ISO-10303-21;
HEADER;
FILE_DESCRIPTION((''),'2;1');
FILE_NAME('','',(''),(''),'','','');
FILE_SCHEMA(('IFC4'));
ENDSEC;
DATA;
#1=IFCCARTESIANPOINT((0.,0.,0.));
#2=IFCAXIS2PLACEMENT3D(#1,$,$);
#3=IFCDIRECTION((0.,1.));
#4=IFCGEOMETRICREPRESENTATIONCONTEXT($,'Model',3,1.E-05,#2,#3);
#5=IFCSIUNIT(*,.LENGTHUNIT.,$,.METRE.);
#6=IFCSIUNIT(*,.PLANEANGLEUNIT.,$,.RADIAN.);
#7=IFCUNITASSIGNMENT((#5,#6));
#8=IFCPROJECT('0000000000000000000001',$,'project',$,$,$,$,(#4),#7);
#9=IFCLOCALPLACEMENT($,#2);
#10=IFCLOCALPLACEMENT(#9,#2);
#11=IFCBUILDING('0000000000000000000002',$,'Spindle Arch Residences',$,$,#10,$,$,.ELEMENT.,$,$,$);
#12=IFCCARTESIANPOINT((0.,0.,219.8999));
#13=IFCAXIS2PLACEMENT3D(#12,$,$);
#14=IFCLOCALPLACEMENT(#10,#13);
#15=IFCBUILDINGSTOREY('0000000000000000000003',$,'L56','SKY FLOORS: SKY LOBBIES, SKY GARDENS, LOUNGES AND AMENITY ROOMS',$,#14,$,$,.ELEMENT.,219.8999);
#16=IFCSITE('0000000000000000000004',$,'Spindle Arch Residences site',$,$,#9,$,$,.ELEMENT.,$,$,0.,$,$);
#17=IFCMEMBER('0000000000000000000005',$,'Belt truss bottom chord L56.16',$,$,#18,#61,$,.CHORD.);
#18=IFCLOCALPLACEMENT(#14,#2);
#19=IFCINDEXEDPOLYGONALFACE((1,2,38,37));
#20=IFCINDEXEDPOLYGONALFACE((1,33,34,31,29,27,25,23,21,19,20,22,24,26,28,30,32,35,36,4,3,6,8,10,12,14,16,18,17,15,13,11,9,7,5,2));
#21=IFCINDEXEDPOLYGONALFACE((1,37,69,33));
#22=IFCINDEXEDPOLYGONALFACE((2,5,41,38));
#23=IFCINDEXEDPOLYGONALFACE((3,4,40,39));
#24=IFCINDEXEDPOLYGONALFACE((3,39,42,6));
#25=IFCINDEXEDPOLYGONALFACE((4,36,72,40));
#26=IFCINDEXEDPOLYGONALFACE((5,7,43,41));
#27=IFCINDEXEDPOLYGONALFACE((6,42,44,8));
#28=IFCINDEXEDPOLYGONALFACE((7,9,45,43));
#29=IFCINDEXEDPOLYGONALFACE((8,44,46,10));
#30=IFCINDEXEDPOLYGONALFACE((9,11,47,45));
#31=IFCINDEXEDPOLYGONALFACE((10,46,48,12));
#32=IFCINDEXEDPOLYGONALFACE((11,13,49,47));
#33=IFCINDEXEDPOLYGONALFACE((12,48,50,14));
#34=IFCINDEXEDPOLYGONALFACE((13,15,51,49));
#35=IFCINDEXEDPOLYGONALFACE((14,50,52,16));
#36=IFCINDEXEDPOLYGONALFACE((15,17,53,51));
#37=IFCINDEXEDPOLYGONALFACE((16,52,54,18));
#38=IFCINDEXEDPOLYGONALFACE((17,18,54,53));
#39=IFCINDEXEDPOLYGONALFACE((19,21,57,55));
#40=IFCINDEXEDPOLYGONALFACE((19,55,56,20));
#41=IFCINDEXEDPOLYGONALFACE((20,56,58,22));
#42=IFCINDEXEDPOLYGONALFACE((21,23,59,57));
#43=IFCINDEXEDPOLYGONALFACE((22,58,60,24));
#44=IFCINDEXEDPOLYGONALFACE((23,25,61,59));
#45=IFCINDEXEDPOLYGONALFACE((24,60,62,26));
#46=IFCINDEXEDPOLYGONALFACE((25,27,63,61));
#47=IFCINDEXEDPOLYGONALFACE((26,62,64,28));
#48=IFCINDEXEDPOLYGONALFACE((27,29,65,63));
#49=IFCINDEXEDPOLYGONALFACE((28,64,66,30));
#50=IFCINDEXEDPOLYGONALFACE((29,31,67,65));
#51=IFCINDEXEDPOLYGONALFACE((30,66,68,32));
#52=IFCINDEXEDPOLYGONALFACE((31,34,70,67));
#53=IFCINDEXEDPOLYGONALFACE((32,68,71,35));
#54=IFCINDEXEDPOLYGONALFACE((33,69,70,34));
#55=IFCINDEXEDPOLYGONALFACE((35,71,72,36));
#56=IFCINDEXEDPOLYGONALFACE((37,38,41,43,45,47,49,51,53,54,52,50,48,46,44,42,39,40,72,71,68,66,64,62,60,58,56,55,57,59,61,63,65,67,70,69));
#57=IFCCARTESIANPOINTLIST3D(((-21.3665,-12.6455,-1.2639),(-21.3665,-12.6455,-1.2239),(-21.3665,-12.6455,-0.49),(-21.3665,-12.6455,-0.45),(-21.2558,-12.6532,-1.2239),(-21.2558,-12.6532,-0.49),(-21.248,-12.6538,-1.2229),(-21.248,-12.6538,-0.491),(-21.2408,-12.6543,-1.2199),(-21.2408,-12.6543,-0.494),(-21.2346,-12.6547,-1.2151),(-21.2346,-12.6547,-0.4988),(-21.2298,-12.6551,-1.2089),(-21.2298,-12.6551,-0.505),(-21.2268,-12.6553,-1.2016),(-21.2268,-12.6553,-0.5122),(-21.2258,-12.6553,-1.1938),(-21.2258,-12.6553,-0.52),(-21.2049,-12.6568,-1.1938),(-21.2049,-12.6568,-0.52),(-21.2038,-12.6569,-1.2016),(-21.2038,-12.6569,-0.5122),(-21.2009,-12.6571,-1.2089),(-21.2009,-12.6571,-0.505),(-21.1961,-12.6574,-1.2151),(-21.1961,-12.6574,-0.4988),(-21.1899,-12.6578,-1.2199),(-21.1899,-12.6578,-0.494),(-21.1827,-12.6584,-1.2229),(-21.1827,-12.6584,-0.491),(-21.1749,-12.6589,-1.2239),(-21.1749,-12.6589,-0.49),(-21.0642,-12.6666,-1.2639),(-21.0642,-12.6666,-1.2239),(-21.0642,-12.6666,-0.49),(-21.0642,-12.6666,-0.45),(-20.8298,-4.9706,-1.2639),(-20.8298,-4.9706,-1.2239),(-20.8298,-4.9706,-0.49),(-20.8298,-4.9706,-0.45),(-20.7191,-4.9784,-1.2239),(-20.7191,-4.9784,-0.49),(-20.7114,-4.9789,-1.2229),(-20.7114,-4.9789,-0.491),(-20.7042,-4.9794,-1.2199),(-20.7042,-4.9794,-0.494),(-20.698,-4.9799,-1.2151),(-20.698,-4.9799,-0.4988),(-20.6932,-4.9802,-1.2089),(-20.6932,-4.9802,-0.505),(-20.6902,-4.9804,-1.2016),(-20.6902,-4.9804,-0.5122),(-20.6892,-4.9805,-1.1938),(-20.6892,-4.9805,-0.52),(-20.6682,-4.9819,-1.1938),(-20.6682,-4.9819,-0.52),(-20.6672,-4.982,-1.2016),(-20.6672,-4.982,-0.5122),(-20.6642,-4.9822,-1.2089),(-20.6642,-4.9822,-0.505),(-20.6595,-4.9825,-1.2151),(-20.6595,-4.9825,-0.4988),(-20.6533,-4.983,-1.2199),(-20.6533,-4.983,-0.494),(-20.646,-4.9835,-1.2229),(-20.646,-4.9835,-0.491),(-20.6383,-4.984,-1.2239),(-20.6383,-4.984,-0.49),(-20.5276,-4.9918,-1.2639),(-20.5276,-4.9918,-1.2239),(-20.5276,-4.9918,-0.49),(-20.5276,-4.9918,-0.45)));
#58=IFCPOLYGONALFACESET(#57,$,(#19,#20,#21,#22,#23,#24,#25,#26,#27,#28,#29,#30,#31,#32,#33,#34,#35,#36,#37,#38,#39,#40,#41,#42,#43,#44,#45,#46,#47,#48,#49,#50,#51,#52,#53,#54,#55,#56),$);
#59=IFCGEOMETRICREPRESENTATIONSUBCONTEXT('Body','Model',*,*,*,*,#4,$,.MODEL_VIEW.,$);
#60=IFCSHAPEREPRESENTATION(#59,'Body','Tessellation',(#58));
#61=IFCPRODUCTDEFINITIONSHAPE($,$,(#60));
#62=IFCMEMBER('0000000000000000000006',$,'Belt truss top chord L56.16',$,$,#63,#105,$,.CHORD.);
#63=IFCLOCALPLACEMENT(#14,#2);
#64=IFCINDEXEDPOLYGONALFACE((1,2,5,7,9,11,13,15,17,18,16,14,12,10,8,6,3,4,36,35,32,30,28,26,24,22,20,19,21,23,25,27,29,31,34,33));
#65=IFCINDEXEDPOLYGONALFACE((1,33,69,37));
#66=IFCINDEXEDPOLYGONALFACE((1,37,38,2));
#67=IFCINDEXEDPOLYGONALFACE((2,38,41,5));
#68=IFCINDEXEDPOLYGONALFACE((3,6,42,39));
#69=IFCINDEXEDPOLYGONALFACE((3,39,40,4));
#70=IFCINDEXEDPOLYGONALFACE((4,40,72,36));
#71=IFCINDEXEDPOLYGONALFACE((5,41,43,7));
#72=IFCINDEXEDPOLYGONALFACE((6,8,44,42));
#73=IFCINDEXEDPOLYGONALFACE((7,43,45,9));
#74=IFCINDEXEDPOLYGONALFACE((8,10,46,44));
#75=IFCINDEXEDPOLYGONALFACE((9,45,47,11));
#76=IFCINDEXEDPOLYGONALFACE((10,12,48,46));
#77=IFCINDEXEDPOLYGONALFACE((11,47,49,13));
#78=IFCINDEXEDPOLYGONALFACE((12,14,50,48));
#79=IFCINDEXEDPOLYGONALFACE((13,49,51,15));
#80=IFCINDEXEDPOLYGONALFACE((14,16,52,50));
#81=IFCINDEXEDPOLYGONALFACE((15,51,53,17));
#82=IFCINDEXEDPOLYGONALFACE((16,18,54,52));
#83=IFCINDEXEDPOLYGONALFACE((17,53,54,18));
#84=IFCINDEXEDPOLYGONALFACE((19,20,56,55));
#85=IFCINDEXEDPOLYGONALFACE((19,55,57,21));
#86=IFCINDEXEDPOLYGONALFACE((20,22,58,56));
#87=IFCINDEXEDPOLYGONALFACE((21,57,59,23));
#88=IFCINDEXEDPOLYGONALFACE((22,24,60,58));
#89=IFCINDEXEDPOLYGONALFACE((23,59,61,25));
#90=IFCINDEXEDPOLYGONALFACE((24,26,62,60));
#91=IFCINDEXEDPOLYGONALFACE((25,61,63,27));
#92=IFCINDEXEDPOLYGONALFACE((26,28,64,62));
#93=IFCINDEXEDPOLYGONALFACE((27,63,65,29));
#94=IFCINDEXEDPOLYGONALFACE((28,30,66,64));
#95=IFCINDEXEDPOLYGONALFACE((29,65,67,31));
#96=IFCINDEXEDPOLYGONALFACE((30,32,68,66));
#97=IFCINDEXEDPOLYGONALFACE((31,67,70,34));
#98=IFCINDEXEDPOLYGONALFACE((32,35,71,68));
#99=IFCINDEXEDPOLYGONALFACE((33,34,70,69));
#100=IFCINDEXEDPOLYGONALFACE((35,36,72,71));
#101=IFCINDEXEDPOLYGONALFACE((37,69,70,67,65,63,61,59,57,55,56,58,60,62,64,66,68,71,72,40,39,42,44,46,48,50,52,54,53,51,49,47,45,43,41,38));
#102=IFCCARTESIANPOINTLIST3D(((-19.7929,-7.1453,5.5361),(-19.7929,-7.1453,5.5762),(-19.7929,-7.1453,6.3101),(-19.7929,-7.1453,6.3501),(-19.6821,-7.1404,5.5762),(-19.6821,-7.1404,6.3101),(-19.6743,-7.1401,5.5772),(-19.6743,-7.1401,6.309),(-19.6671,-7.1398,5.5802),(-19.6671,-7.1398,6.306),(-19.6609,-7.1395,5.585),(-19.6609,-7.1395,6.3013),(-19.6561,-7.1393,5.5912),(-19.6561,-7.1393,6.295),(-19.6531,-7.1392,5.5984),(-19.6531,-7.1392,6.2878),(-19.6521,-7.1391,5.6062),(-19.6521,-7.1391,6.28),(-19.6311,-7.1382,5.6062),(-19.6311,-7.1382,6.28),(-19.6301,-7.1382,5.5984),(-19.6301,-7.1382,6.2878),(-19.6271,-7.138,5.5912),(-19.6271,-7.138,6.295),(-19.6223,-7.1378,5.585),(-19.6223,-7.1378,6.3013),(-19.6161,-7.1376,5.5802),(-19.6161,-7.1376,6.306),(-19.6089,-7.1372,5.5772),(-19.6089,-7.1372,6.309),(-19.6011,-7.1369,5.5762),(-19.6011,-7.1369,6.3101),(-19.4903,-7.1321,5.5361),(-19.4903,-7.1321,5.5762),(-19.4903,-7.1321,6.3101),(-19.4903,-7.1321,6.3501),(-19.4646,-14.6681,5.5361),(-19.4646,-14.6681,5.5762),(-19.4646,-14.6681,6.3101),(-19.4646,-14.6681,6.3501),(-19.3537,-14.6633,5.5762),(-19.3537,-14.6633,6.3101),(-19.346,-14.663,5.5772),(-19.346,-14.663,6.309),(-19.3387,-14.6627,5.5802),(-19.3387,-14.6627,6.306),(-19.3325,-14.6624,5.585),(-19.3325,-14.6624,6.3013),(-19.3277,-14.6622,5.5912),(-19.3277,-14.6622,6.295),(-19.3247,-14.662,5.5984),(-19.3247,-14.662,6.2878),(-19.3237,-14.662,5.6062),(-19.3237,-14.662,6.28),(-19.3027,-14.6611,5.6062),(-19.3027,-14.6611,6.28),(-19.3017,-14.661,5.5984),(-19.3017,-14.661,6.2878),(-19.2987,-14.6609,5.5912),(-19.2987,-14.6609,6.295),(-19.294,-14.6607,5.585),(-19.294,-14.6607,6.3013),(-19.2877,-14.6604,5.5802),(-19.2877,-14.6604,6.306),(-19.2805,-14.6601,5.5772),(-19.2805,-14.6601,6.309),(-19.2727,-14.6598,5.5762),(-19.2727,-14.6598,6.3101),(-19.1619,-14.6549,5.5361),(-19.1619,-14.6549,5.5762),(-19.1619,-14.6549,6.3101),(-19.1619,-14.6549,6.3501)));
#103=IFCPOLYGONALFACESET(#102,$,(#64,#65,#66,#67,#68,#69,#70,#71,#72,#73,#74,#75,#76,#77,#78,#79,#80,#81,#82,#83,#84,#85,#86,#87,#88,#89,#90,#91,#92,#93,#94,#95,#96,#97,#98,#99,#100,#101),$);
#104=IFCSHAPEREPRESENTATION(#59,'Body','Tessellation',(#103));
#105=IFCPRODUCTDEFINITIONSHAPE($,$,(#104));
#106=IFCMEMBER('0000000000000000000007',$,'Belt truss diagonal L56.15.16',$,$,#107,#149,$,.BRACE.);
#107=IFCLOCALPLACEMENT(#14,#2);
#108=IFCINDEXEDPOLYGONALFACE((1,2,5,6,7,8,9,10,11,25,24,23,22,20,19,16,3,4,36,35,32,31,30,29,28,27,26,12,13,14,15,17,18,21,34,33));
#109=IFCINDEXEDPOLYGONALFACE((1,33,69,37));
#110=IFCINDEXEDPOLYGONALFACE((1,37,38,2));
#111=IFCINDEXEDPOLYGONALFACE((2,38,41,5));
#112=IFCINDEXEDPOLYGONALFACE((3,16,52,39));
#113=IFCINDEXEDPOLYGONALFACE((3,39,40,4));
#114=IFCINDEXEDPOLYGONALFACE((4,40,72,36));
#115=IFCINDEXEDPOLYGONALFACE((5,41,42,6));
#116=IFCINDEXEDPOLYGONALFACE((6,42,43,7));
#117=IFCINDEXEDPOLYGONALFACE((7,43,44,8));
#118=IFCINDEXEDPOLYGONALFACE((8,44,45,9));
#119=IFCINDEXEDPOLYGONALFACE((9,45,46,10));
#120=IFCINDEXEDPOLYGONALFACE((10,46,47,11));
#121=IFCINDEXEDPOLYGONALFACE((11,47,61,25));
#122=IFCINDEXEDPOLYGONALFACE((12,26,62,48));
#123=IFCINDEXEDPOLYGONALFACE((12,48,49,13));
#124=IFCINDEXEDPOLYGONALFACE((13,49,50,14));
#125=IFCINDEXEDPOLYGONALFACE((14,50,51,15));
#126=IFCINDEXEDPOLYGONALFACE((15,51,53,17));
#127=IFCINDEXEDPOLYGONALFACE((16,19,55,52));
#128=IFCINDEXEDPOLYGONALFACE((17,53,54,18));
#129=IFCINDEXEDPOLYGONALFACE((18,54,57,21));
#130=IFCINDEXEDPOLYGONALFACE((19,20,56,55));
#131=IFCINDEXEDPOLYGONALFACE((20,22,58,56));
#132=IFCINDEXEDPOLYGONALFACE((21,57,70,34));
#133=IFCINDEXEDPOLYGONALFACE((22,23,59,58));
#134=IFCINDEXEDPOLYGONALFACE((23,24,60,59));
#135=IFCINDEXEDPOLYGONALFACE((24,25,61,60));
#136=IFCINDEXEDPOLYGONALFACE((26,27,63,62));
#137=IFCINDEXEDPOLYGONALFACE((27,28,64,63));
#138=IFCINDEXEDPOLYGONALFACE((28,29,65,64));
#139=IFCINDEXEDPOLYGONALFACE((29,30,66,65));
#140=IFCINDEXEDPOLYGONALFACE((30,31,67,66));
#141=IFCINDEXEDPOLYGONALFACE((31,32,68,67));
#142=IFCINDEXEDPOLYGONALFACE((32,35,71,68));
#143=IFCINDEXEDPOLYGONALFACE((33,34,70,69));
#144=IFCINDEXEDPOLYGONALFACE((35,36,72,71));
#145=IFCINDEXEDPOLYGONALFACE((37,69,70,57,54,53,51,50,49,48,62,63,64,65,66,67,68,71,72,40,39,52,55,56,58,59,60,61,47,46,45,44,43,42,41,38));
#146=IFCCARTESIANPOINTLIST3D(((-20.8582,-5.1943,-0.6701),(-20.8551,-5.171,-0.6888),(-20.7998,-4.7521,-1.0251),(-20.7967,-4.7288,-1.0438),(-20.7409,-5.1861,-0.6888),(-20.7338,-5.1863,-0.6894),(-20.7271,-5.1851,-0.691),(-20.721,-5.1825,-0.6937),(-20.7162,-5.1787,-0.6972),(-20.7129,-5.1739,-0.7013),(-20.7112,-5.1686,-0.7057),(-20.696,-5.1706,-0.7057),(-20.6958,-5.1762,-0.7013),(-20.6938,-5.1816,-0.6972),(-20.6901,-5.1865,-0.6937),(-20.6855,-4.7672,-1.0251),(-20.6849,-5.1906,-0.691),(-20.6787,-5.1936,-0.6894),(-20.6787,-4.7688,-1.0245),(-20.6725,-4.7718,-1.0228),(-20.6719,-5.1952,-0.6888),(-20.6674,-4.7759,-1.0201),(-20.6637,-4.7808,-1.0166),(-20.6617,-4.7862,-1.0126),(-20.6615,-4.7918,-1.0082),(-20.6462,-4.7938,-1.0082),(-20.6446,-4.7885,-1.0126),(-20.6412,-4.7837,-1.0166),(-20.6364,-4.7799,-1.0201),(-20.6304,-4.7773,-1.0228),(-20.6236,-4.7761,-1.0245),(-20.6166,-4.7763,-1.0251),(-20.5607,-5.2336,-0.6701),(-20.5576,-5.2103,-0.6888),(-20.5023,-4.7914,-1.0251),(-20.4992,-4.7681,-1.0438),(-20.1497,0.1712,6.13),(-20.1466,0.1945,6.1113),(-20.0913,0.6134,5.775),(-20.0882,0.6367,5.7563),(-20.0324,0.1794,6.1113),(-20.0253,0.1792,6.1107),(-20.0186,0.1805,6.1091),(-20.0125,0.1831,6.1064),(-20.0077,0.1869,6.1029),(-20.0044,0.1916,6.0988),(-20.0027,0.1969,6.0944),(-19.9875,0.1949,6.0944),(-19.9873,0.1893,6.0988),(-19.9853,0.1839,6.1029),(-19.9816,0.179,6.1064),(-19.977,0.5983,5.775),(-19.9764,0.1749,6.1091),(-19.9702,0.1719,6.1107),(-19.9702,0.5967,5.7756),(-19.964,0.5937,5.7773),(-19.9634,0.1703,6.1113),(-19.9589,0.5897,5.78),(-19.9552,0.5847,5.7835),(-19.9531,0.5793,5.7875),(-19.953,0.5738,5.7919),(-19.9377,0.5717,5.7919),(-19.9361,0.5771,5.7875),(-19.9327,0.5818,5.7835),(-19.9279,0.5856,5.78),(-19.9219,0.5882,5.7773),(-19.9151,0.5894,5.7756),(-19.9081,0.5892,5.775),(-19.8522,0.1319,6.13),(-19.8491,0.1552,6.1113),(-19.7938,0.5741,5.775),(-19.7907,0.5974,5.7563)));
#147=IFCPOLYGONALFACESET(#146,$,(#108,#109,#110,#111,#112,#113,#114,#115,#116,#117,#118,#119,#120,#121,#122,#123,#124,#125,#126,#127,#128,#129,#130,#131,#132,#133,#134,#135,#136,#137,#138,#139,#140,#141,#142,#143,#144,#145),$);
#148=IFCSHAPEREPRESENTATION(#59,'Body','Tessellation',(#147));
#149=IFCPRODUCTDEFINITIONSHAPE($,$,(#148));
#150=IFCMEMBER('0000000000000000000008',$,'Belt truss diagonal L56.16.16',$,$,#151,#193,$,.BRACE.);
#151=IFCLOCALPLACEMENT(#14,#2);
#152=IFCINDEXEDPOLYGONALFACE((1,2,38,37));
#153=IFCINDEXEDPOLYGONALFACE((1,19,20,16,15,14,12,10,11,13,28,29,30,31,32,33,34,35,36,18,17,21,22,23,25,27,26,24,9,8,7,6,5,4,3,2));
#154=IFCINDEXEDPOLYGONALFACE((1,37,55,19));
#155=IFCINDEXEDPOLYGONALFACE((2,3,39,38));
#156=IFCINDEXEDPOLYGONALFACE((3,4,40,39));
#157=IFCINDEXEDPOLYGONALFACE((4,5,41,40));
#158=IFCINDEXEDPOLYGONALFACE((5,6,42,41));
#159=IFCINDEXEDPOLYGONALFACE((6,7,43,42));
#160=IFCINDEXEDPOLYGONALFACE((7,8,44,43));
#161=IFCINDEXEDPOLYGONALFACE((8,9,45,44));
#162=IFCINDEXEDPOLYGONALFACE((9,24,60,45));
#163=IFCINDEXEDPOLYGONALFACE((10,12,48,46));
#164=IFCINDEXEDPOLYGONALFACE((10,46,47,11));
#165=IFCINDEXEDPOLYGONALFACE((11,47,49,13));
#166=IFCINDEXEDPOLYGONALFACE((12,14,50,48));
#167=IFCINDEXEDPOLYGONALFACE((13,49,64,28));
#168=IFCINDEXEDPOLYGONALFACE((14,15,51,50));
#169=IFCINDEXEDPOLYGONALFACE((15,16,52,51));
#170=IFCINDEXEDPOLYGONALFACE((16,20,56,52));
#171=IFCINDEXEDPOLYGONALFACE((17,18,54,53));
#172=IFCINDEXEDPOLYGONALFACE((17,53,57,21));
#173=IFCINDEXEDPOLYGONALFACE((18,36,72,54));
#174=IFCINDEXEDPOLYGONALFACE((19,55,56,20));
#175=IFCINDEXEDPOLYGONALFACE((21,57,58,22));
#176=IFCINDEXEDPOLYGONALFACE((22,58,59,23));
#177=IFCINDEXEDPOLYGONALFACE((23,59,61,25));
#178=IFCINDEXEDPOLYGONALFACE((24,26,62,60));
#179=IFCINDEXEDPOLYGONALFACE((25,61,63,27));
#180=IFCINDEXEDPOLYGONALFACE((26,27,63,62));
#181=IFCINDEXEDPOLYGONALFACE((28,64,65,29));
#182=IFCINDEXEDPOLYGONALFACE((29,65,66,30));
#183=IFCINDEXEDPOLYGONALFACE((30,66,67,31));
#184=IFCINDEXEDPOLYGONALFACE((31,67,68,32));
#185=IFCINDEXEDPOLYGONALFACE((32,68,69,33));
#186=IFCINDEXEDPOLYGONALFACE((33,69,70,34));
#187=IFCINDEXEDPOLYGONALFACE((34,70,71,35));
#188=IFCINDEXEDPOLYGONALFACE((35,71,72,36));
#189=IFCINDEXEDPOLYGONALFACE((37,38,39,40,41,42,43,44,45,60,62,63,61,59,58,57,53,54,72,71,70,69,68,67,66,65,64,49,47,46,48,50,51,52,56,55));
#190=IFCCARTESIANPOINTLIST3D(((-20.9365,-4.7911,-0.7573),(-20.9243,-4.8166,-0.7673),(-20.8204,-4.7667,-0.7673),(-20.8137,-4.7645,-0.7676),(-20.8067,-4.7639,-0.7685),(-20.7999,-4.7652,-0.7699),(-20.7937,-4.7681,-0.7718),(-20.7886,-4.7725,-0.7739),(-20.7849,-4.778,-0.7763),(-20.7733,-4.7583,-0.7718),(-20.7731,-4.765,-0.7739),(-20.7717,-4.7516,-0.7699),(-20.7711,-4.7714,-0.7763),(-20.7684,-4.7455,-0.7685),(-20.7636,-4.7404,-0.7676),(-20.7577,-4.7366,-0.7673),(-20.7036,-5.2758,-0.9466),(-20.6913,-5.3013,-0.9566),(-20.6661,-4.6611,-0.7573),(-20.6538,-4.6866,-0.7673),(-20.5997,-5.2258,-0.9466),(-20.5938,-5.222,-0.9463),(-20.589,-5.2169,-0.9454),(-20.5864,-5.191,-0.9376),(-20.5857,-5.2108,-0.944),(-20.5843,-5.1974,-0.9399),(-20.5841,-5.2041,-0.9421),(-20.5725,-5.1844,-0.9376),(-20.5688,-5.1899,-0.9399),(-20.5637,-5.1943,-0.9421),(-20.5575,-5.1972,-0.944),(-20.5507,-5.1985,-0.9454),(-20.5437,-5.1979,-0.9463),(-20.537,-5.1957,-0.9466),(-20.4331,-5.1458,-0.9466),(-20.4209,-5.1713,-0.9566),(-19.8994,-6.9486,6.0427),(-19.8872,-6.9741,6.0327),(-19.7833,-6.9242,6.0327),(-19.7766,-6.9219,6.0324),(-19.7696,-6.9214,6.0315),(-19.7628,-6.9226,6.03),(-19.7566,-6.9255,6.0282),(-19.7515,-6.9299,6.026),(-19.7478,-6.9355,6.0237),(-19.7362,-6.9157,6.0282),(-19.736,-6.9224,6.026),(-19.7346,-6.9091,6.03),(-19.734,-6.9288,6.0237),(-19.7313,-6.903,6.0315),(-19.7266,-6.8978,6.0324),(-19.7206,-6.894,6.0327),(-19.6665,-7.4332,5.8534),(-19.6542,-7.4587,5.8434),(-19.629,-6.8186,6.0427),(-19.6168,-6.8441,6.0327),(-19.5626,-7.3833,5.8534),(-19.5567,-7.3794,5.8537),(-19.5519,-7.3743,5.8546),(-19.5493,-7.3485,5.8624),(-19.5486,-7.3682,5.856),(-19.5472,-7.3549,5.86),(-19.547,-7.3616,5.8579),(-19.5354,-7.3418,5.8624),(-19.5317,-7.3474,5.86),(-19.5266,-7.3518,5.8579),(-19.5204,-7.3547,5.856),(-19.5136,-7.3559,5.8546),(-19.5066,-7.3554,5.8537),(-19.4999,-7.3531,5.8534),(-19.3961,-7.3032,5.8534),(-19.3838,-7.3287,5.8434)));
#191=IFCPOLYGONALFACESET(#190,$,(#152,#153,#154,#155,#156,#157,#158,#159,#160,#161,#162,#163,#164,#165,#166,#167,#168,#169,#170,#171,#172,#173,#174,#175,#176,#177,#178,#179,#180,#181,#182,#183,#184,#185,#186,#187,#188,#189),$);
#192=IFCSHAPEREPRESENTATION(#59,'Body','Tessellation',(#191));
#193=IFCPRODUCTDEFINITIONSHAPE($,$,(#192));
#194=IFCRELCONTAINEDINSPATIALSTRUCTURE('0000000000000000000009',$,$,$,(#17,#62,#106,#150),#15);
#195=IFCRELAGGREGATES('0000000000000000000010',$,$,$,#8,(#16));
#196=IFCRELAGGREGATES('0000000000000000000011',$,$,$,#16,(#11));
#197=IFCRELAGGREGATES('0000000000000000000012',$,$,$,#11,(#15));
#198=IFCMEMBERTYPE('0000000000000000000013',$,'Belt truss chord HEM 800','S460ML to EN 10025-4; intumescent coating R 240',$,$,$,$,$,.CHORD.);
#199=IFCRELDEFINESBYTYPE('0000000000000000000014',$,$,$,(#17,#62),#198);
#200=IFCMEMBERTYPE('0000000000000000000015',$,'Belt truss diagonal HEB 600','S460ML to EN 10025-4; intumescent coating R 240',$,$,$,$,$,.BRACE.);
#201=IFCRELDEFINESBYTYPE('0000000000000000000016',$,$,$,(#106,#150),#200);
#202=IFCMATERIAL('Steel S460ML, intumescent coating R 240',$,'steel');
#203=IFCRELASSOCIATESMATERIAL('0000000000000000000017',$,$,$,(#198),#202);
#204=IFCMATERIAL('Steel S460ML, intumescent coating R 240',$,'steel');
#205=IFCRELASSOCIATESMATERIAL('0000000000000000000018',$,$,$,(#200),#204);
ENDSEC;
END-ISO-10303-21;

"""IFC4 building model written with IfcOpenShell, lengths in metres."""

from ifc_helpers import new_model, si_unit, direction, frame, origin, origin_2d, place, context, subcontext, project, spatial, i_section, extrude, material, material_profile, profile_set, type_object, element, save


model = new_model("IFC4")

# Units and contexts
model_context = context("Model", 3, precision=1e-05, world=origin(), true_north=direction((0.0, 1.0)))
body_context = subcontext(model_context, "Body", "Model", "MODEL_VIEW")
ifc_project = project(units=[si_unit("LENGTHUNIT", "METRE"), si_unit("PLANEANGLEUNIT", "RADIAN")], contexts=[model_context])

# Site, building, storey
site_placement = place(None, origin())
site = spatial("IfcSite", under=ifc_project, at=site_placement, Name="Spindle Arch Residences site", CompositionType="ELEMENT", RefElevation=0.0)
building_placement = place(site_placement, origin())
building = spatial("IfcBuilding", under=site, at=building_placement, Name="Spindle Arch Residences", CompositionType="ELEMENT")
storey_placement = place(building_placement, frame((0.0, 0.0, 219.8999)))
storey = spatial("IfcBuildingStorey", under=building, at=storey_placement, Name="L56", Description="SKY FLOORS: SKY LOBBIES, SKY GARDENS, LOUNGES AND AMENITY ROOMS", CompositionType="ELEMENT", Elevation=219.8999)

# Members
ifc_material_1 = material(Name="Steel S460ML, intumescent coating R 240", Category="steel")
ifc_material_profile_1 = material_profile(ifc_material_1, i_section(OverallWidth=0.303, OverallDepth=0.814, WebThickness=0.021, FlangeThickness=0.04, FilletRadius=0.03, at=origin_2d()), Name="HEM 800")
ifc_profile_set_1 = profile_set([ifc_material_profile_1], Name="Steel S460ML, intumescent coating R 240")
member_type_1 = type_object("IfcMemberType", Name="Belt truss chord HEM 800", Description="S460ML to EN 10025-4; intumescent coating R 240", PredefinedType="CHORD", material=ifc_profile_set_1)
member_1_placement = place(storey_placement, frame((-20.6787, -4.9812, -0.8569), z_axis=(-0.06975, -0.997565, 0.0), x_axis=(0.997565, -0.06975, 0.0)))
element("IfcMember", 1, at=member_1_placement, inside=storey, type_object=member_type_1, Name="Belt truss bottom chord L56.16", PredefinedType="CHORD", context=body_context, shape_type="SweptSolid", body=[
    extrude(i_section(OverallWidth=0.303, OverallDepth=0.814, WebThickness=0.021, FlangeThickness=0.04, FilletRadius=0.03, at=origin_2d()), origin(), (0.0, 0.0, 1.0), 7.6936),
])
member_2_placement = place(storey_placement, frame((-19.6416, -7.1387, 5.9431), z_axis=(0.043607, -0.999049, 0.0), x_axis=(0.999049, 0.043607, 0.0)))
element("IfcMember", 2, at=member_2_placement, inside=storey, type_object=member_type_1, Name="Belt truss top chord L56.16", PredefinedType="CHORD", context=body_context, shape_type="SweptSolid", body=[
    extrude(i_section(OverallWidth=0.303, OverallDepth=0.814, WebThickness=0.021, FlangeThickness=0.04, FilletRadius=0.03, at=origin_2d()), origin(), (0.0, 0.0, 1.0), 7.53),
])
ifc_material_2 = material(Name="Steel S460ML, intumescent coating R 240", Category="steel")
ifc_material_profile_2 = material_profile(ifc_material_2, i_section(OverallWidth=0.3, OverallDepth=0.6001, WebThickness=0.0154, FlangeThickness=0.03, FilletRadius=0.0271, at=origin_2d()), Name="HEB 600")
ifc_profile_set_2 = profile_set([ifc_material_profile_2], Name="Steel S460ML, intumescent coating R 240")
member_type_2 = type_object("IfcMemberType", Name="Belt truss diagonal HEB 600", Description="S460ML to EN 10025-4; intumescent coating R 240", PredefinedType="BRACE", material=ifc_profile_set_2)
member_3_placement = place(storey_placement, frame((-20.6787, -4.9812, -0.8569), z_axis=(0.081522, 0.61737, 0.782437), x_axis=(-0.991394, 0.130911, 0.0)))
element("IfcMember", 3, at=member_3_placement, inside=storey, type_object=member_type_2, Name="Belt truss diagonal L56.15.16", PredefinedType="BRACE", context=body_context, shape_type="SweptSolid", body=[
    extrude(i_section(OverallWidth=0.3, OverallDepth=0.6001, WebThickness=0.0154, FlangeThickness=0.03, FilletRadius=0.0271, at=origin_2d()), origin(), (0.0, 0.0, 1.0), 8.6909),
])
member_4_placement = place(storey_placement, frame((-20.6787, -4.9812, -0.8569), z_axis=(0.143861, -0.299271, 0.943261), x_axis=(0.901275, 0.433248, 0.0)))
element("IfcMember", 4, at=member_4_placement, inside=storey, type_object=member_type_2, Name="Belt truss diagonal L56.16.16", PredefinedType="BRACE", context=body_context, shape_type="SweptSolid", body=[
    extrude(i_section(OverallWidth=0.3, OverallDepth=0.6001, WebThickness=0.0154, FlangeThickness=0.03, FilletRadius=0.0271, at=origin_2d()), origin(), (0.0, 0.0, 1.0), 7.209),
])

save(model, "model.ifc")
